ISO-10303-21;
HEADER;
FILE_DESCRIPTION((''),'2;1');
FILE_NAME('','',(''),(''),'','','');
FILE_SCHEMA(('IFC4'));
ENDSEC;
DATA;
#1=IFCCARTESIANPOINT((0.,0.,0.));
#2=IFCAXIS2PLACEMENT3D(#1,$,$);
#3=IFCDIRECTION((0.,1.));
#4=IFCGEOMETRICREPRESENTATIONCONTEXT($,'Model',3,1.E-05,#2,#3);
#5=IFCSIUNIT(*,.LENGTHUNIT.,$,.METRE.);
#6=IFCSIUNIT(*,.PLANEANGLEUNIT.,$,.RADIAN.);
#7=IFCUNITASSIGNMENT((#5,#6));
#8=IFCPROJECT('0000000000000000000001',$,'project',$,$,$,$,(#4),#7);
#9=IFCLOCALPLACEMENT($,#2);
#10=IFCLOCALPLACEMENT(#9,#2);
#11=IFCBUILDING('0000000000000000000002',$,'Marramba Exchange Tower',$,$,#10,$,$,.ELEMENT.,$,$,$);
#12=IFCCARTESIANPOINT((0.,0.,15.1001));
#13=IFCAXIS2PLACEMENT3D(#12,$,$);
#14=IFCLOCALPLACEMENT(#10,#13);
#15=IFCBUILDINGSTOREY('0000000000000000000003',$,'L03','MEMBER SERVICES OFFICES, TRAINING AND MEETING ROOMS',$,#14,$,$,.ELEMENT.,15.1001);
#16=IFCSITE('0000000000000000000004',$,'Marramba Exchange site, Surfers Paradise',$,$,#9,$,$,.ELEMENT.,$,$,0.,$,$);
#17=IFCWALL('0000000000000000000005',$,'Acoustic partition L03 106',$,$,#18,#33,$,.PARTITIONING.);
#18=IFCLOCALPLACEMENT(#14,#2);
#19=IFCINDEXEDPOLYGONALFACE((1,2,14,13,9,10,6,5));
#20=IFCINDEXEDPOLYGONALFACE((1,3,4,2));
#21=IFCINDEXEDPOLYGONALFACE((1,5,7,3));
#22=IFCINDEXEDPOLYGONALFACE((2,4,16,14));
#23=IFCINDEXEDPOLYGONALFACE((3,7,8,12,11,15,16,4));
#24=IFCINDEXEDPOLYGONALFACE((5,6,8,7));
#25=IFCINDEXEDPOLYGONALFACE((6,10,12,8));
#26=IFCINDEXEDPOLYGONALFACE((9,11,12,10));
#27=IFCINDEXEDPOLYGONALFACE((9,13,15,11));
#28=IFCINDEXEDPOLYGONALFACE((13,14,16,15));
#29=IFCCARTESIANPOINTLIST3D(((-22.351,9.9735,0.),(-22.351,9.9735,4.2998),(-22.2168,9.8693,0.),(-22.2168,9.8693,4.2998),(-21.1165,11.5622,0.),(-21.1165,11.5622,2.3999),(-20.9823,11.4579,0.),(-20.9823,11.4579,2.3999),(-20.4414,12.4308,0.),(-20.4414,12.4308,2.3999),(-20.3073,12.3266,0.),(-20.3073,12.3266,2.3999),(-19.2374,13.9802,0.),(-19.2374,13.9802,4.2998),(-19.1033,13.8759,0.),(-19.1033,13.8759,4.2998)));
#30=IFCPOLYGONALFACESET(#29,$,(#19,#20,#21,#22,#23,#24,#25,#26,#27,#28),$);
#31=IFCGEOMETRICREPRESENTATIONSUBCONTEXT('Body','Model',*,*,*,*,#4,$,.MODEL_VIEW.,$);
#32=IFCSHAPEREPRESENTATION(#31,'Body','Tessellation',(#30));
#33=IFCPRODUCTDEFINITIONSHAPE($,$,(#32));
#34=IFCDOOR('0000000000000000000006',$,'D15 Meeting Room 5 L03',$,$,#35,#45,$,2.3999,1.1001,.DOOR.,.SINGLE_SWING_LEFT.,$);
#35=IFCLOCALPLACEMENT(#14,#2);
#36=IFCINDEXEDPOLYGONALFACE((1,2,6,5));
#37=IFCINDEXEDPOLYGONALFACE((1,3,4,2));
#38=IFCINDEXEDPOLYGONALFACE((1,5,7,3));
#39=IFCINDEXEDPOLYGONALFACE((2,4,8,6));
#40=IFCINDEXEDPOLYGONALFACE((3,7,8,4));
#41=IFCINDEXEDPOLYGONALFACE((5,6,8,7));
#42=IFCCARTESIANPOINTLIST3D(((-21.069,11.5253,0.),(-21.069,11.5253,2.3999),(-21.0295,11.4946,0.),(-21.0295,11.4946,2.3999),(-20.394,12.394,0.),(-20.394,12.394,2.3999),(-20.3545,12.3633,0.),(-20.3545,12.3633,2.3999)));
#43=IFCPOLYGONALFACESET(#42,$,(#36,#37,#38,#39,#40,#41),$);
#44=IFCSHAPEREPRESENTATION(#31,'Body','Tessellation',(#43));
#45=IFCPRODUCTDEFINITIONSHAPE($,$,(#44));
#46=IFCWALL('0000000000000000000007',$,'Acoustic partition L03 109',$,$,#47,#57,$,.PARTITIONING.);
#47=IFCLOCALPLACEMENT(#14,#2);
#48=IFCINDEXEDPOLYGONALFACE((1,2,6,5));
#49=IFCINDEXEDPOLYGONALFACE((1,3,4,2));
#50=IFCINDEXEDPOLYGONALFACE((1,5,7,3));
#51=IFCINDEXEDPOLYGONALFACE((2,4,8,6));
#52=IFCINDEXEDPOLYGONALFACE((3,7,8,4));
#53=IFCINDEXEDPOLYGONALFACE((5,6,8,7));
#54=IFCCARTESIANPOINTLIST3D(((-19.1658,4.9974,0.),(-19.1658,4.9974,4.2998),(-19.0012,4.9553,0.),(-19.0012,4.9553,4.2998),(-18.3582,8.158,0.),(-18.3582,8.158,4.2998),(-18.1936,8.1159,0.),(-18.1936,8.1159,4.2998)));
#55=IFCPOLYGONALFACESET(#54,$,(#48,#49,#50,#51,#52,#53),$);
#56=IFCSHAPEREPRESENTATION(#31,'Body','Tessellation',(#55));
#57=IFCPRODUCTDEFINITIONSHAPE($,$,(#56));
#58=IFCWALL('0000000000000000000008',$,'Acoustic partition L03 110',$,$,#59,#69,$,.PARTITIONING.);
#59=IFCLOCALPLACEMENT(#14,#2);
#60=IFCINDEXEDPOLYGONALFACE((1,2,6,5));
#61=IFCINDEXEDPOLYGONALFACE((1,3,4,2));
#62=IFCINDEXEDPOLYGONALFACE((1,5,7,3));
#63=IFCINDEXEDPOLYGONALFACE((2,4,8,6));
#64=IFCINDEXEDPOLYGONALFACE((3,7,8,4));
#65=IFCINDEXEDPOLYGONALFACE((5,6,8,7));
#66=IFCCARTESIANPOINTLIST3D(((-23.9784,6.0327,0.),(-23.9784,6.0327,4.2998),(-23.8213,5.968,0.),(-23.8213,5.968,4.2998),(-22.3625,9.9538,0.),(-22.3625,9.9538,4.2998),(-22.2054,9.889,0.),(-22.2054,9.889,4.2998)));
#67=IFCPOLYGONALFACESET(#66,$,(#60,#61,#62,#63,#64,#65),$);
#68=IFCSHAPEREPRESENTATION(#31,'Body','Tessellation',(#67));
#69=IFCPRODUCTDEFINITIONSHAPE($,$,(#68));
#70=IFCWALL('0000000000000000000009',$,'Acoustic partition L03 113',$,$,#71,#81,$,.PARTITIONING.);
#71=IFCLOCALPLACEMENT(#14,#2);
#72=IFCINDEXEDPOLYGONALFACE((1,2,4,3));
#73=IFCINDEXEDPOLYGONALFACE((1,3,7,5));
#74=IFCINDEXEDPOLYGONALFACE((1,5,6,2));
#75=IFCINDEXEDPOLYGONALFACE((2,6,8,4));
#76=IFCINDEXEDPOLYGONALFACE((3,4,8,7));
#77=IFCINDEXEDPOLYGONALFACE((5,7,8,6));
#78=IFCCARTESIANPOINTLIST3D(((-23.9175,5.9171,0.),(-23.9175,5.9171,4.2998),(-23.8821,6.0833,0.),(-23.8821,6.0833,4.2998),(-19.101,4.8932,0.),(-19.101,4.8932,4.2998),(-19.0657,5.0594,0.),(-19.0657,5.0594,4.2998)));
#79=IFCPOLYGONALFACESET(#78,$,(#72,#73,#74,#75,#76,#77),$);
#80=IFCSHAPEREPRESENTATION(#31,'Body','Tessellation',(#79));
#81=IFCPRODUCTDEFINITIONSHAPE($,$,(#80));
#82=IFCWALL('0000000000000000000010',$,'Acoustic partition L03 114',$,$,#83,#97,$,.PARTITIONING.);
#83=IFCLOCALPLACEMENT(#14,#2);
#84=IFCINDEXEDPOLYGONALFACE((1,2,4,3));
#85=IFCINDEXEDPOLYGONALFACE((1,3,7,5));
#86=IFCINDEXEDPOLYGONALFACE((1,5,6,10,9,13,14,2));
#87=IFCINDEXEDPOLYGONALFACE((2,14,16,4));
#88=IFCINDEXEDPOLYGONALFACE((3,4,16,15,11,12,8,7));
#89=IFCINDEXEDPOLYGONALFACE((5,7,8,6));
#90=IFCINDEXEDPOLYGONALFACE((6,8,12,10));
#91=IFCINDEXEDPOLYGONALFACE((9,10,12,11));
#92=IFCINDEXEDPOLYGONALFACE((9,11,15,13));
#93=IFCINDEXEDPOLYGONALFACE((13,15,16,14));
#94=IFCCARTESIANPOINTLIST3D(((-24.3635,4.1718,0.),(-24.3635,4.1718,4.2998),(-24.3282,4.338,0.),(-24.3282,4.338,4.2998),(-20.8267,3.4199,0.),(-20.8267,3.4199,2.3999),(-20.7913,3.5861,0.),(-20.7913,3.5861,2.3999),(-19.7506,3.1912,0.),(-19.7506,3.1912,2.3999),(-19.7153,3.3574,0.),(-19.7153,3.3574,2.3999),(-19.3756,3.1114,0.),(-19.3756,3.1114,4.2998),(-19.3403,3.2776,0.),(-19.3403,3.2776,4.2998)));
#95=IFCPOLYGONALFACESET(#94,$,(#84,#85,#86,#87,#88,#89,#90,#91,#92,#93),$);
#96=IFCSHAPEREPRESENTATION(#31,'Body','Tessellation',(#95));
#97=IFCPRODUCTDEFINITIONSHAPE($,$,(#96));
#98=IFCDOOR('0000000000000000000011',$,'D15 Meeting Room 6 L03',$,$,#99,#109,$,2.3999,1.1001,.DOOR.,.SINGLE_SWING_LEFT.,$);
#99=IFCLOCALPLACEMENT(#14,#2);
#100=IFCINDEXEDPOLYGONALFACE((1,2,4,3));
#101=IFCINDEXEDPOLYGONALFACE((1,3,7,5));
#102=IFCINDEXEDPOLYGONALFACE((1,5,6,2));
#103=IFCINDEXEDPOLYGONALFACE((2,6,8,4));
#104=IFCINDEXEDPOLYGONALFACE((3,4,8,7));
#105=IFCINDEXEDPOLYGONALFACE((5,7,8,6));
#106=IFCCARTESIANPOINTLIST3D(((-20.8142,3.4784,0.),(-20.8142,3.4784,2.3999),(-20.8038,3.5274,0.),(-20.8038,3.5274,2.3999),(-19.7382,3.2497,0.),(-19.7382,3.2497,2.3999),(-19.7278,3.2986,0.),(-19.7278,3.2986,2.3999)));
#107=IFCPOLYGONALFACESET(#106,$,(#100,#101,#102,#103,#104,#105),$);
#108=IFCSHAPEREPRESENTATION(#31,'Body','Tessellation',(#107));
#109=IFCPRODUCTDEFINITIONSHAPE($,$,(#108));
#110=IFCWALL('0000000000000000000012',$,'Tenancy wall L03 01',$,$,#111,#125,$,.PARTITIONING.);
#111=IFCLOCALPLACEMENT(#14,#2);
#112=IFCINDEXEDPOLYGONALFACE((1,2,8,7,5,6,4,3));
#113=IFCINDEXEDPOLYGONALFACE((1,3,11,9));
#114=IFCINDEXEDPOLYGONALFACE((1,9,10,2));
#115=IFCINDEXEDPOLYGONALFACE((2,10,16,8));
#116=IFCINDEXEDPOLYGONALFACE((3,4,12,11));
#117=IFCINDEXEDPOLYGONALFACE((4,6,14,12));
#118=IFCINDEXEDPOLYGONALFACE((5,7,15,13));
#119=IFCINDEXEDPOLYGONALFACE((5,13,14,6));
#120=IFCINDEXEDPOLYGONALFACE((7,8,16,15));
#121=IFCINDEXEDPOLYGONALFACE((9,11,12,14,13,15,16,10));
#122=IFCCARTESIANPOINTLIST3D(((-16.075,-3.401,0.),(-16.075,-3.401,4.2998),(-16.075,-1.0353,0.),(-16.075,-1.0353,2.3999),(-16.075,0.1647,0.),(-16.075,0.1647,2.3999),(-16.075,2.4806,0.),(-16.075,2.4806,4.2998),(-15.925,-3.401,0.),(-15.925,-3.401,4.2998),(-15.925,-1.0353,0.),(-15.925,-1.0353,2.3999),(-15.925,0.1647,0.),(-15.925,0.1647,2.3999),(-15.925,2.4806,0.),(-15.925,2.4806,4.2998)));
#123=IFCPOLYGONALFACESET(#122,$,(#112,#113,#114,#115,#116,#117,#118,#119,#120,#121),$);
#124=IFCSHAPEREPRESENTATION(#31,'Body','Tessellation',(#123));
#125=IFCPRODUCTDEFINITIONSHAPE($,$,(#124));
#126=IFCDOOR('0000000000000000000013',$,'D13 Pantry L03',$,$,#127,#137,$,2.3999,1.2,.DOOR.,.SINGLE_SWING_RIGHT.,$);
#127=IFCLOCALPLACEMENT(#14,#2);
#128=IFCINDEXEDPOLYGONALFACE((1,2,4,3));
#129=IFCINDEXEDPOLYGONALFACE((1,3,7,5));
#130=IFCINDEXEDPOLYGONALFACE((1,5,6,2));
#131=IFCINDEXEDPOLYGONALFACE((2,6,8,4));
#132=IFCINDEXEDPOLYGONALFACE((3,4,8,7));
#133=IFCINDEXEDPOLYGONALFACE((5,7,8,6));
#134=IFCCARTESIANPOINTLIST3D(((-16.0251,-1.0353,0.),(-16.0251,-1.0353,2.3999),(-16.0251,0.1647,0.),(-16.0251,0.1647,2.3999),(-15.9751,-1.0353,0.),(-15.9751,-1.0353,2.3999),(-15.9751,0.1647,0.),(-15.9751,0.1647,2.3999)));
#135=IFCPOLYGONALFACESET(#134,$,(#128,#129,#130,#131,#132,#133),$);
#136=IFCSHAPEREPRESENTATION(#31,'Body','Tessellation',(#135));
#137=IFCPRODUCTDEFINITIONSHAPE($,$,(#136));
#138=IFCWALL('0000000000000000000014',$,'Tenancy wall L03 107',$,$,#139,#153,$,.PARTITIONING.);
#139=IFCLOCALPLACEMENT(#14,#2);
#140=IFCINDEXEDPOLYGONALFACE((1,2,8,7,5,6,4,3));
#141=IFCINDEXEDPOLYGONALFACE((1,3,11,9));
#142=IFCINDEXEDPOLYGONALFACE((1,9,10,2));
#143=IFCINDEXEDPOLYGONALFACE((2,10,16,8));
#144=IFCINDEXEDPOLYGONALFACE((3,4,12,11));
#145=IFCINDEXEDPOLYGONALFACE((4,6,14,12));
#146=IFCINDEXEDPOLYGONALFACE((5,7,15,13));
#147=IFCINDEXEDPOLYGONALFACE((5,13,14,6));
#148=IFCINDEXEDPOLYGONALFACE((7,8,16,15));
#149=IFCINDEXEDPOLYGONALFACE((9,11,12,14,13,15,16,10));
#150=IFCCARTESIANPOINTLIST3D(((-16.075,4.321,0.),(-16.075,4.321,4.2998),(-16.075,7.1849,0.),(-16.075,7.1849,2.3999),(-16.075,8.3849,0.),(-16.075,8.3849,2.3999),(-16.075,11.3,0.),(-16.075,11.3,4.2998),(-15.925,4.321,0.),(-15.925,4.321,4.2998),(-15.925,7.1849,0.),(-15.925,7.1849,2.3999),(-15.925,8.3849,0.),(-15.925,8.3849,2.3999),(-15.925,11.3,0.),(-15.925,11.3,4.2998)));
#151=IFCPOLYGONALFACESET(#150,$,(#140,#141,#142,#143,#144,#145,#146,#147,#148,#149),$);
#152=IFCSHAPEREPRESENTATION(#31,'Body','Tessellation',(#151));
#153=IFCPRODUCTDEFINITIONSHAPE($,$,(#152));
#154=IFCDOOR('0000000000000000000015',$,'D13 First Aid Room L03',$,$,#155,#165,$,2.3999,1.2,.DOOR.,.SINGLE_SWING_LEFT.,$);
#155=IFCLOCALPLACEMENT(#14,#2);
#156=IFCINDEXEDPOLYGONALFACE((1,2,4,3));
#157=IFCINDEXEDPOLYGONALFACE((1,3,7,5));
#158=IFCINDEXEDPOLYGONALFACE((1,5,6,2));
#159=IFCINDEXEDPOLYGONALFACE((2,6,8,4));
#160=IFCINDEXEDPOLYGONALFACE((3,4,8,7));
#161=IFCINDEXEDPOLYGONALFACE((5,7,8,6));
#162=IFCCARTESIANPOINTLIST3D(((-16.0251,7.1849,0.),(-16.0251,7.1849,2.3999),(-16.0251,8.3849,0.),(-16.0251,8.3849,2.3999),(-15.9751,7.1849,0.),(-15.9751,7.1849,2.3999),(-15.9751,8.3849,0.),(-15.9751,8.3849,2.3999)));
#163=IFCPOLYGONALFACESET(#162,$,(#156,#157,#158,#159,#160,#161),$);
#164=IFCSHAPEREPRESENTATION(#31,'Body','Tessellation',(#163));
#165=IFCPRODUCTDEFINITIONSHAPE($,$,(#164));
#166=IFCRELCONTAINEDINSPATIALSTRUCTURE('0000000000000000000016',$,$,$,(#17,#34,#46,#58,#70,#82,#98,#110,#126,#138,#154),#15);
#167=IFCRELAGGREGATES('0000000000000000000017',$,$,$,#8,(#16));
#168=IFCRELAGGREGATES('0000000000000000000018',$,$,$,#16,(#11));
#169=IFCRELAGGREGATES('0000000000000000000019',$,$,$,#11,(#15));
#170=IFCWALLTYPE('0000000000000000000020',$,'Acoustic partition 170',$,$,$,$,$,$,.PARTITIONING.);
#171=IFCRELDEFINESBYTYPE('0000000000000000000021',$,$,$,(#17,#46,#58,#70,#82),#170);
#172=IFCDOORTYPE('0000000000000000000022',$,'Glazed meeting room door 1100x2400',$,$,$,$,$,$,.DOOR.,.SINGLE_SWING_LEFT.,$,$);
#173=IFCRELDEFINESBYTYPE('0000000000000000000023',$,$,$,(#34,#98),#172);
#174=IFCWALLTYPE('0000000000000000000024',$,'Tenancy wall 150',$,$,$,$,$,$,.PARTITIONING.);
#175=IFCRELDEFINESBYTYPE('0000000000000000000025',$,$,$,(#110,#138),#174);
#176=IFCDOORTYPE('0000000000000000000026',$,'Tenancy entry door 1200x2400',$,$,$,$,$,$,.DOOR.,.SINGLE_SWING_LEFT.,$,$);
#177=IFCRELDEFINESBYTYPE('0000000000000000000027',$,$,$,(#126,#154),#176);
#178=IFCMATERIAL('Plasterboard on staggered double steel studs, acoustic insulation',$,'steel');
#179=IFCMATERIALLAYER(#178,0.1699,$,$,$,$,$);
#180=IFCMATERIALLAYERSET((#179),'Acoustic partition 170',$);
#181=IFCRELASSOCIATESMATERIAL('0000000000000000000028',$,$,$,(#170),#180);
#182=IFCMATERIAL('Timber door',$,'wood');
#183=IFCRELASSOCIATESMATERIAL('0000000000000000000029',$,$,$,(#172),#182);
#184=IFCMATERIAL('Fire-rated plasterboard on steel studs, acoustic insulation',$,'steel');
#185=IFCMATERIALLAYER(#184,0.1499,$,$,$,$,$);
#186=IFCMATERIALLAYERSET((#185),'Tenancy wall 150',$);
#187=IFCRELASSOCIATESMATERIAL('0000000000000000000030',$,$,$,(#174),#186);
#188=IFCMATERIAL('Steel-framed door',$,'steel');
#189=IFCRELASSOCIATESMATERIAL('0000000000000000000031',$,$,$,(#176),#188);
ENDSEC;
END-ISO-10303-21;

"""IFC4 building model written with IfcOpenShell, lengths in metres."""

from ifc_helpers import new_model, si_unit, direction, frame, frame_2d, origin, place, context, subcontext, project, spatial, rectangle, extrude, material, layer, layer_set, type_object, element, fill, save


model = new_model("IFC4")

# Units and contexts
model_context = context("Model", 3, precision=1e-05, world=origin(), true_north=direction((0.0, 1.0)))
body_context = subcontext(model_context, "Body", "Model", "MODEL_VIEW")
ifc_project = project(units=[si_unit("LENGTHUNIT", "METRE"), si_unit("PLANEANGLEUNIT", "RADIAN")], contexts=[model_context])

# Site, building, storey
site_placement = place(None, origin())
site = spatial("IfcSite", under=ifc_project, at=site_placement, Name="Marramba Exchange site, Surfers Paradise", CompositionType="ELEMENT", RefElevation=0.0)
building_placement = place(site_placement, origin())
building = spatial("IfcBuilding", under=site, at=building_placement, Name="Marramba Exchange Tower", CompositionType="ELEMENT")
storey_placement = place(building_placement, frame((0.0, 0.0, 15.1001)))
storey = spatial("IfcBuildingStorey", under=building, at=storey_placement, Name="L03", Description="MEMBER SERVICES OFFICES, TRAINING AND MEETING ROOMS", CompositionType="ELEMENT", Elevation=15.1001)

# Shared definitions
ifc_material_1 = material(Name="Plasterboard on staggered double steel studs, acoustic insulation", Category="steel")
ifc_layer_1 = layer(ifc_material_1, 0.1699)
ifc_layer_set_1 = layer_set([ifc_layer_1], Name="Acoustic partition 170")
wall_type_1 = type_object("IfcWallType", Name="Acoustic partition 170", PredefinedType="PARTITIONING", material=ifc_layer_set_1)

# Wall, opening, door
wall_1_placement = place(storey_placement, frame((-22.2839, 9.9214, 0.0), z_axis=(0.0, 0.0, 1.0), x_axis=(0.613607, 0.789611, 0.0)))
wall_1 = element("IfcWall", 1, at=wall_1_placement, inside=storey, type_object=wall_type_1, Name="Acoustic partition L03 106", PredefinedType="PARTITIONING", context=body_context, shape_type="SweptSolid", body=[
    extrude(rectangle(XDim=5.0742, YDim=0.1699, at=frame_2d((2.5371, 0.0))), origin(), (0.0, 0.0, 1.0), 4.2998),
])
opening_1_placement = place(wall_1_placement, frame((2.012, 0.0, 0.0)))
opening_1 = element("IfcOpeningElement", 2, at=opening_1_placement, cuts=wall_1, PredefinedType="OPENING", context=body_context, shape_type="SweptSolid", body=[
    extrude(rectangle(XDim=1.1001, YDim=2.3999, at=frame_2d((0.55, 1.2))), frame((0.0, 0.095, 0.0), z_axis=(0.0, -1.0, 0.0), x_axis=(1.0, 0.0, 0.0)), (0.0, 0.0, 1.0), 0.1899),
])
ifc_material_2 = material(Name="Timber door", Category="wood")
door_type_1 = type_object("IfcDoorType", Name="Glazed meeting room door 1100x2400", OperationType="SINGLE_SWING_LEFT", PredefinedType="DOOR", material=ifc_material_2)
door_1_placement = place(opening_1_placement, origin())
door_1 = element("IfcDoor", 3, at=door_1_placement, inside=storey, type_object=door_type_1, Name="D15 Meeting Room 5 L03", OperationType="SINGLE_SWING_LEFT", OverallHeight=2.3999, OverallWidth=1.1001, PredefinedType="DOOR", context=body_context, shape_type="SweptSolid", body=[
    extrude(rectangle(XDim=1.1001, YDim=2.3999, at=frame_2d((0.55, 1.2))), frame((0.0, 0.0249, 0.0), z_axis=(0.0, -1.0, 0.0), x_axis=(1.0, 0.0, 0.0)), (0.0, 0.0, 1.0), 0.05),
])
fill(opening_1, door_1)

# Walls
wall_2_placement = place(storey_placement, frame((-19.0835, 4.9763, 0.0), z_axis=(0.0, 0.0, 1.0), x_axis=(0.247569, 0.96887, 0.0)))
element("IfcWall", 4, at=wall_2_placement, inside=storey, type_object=wall_type_1, Name="Acoustic partition L03 109", PredefinedType="PARTITIONING", context=body_context, shape_type="SweptSolid", body=[
    extrude(rectangle(XDim=3.2622, YDim=0.1699, at=frame_2d((1.6311, 0.0))), origin(), (0.0, 0.0, 1.0), 4.2998),
])
wall_3_placement = place(storey_placement, frame((-23.8999, 6.0002, 0.0), z_axis=(0.0, 0.0, 1.0), x_axis=(0.381028, 0.924564, 0.0)))
element("IfcWall", 5, at=wall_3_placement, inside=storey, type_object=wall_type_1, Name="Acoustic partition L03 110", PredefinedType="PARTITIONING", context=body_context, shape_type="SweptSolid", body=[
    extrude(rectangle(XDim=4.241, YDim=0.1699, at=frame_2d((2.1206, 0.0))), origin(), (0.0, 0.0, 1.0), 4.2998),
])
wall_4_placement = place(storey_placement, frame((-19.0835, 4.9763, 0.0), z_axis=(0.0, 0.0, 1.0), x_axis=(-0.978141, 0.207944, 0.0)))
element("IfcWall", 6, at=wall_4_placement, inside=storey, type_object=wall_type_1, Name="Acoustic partition L03 113", PredefinedType="PARTITIONING", context=body_context, shape_type="SweptSolid", body=[
    extrude(rectangle(XDim=4.9241, YDim=0.1699, at=frame_2d((2.4619, 0.0))), origin(), (0.0, 0.0, 1.0), 4.2998),
])

# Walls, openings, doors
wall_5_placement = place(storey_placement, frame((-24.3459, 4.2549, 0.0), z_axis=(0.0, 0.0, 1.0), x_axis=(0.978143, -0.207933, 0.0)))
wall_5 = element("IfcWall", 7, at=wall_5_placement, inside=storey, type_object=wall_type_1, Name="Acoustic partition L03 114", PredefinedType="PARTITIONING", context=body_context, shape_type="SweptSolid", body=[
    extrude(rectangle(XDim=5.0994, YDim=0.1699, at=frame_2d((2.5498, 0.0))), origin(), (0.0, 0.0, 1.0), 4.2998),
])
opening_2_placement = place(wall_5_placement, frame((3.616, 0.0, 0.0)))
opening_2 = element("IfcOpeningElement", 8, at=opening_2_placement, cuts=wall_5, PredefinedType="OPENING", context=body_context, shape_type="SweptSolid", body=[
    extrude(rectangle(XDim=1.1001, YDim=2.3999, at=frame_2d((0.55, 1.2))), frame((0.0, 0.095, 0.0), z_axis=(0.0, -1.0, 0.0), x_axis=(1.0, 0.0, 0.0)), (0.0, 0.0, 1.0), 0.1899),
])
door_2_placement = place(opening_2_placement, frame((1.1001, 0.0, 0.0), z_axis=(0.0, 0.0, 1.0), x_axis=(-1.0, 0.0, 0.0)))
door_2 = element("IfcDoor", 9, at=door_2_placement, inside=storey, type_object=door_type_1, Name="D15 Meeting Room 6 L03", OperationType="SINGLE_SWING_LEFT", OverallHeight=2.3999, OverallWidth=1.1001, PredefinedType="DOOR", context=body_context, shape_type="SweptSolid", body=[
    extrude(rectangle(XDim=1.1001, YDim=2.3999, at=frame_2d((0.55, 1.2))), frame((0.0, 0.0251, 0.0), z_axis=(0.0, -1.0, 0.0), x_axis=(1.0, 0.0, 0.0)), (0.0, 0.0, 1.0), 0.05),
])
fill(opening_2, door_2)
ifc_material_3 = material(Name="Fire-rated plasterboard on steel studs, acoustic insulation", Category="steel")
ifc_layer_2 = layer(ifc_material_3, 0.1499)
ifc_layer_set_2 = layer_set([ifc_layer_2], Name="Tenancy wall 150")
wall_type_2 = type_object("IfcWallType", Name="Tenancy wall 150", PredefinedType="PARTITIONING", material=ifc_layer_set_2)
wall_6_placement = place(storey_placement, frame((-16.0, 2.4807, 0.0), z_axis=(0.0, 0.0, 1.0), x_axis=(0.0, -1.0, 0.0)))
wall_6 = element("IfcWall", 10, at=wall_6_placement, inside=storey, type_object=wall_type_2, Name="Tenancy wall L03 01", PredefinedType="PARTITIONING", context=body_context, shape_type="SweptSolid", body=[
    extrude(rectangle(XDim=5.8816, YDim=0.1499, at=frame_2d((2.9409, 0.0))), origin(), (0.0, 0.0, 1.0), 4.2998),
])
opening_3_placement = place(wall_6_placement, frame((2.3159, 0.0, 0.0)))
opening_3 = element("IfcOpeningElement", 11, at=opening_3_placement, cuts=wall_6, PredefinedType="OPENING", context=body_context, shape_type="SweptSolid", body=[
    extrude(rectangle(XDim=1.2, YDim=2.3999, at=frame_2d((0.6001, 1.2))), frame((0.0, 0.085, 0.0), z_axis=(0.0, -1.0, 0.0), x_axis=(1.0, 0.0, 0.0)), (0.0, 0.0, 1.0), 0.1699),
])
ifc_material_4 = material(Name="Steel-framed door", Category="steel")
door_type_2 = type_object("IfcDoorType", Name="Tenancy entry door 1200x2400", OperationType="SINGLE_SWING_LEFT", PredefinedType="DOOR", material=ifc_material_4)
door_3_placement = place(opening_3_placement, frame((1.2, 0.0, 0.0), z_axis=(0.0, 0.0, 1.0), x_axis=(-1.0, 0.0, 0.0)))
door_3 = element("IfcDoor", 12, at=door_3_placement, inside=storey, type_object=door_type_2, Name="D13 Pantry L03", OperationType="SINGLE_SWING_RIGHT", OverallHeight=2.3999, OverallWidth=1.2, PredefinedType="DOOR", context=body_context, shape_type="SweptSolid", body=[
    extrude(rectangle(XDim=1.2, YDim=2.3999, at=frame_2d((0.5999, 1.2))), frame((0.0, 0.0251, 0.0), z_axis=(0.0, -1.0, 0.0), x_axis=(1.0, 0.0, 0.0)), (0.0, 0.0, 1.0), 0.05),
])
fill(opening_3, door_3)
wall_7_placement = place(storey_placement, frame((-16.0, 11.3, 0.0), z_axis=(0.0, 0.0, 1.0), x_axis=(0.0, -1.0, 0.0)))
wall_7 = element("IfcWall", 13, at=wall_7_placement, inside=storey, type_object=wall_type_2, Name="Tenancy wall L03 107", PredefinedType="PARTITIONING", context=body_context, shape_type="SweptSolid", body=[
    extrude(rectangle(XDim=6.979, YDim=0.1499, at=frame_2d((3.4895, 0.0))), origin(), (0.0, 0.0, 1.0), 4.2998),
])
opening_4_placement = place(wall_7_placement, frame((2.915, 0.0, 0.0)))
opening_4 = element("IfcOpeningElement", 14, at=opening_4_placement, cuts=wall_7, PredefinedType="OPENING", context=body_context, shape_type="SweptSolid", body=[
    extrude(rectangle(XDim=1.2, YDim=2.3999, at=frame_2d((0.6001, 1.2))), frame((0.0, 0.085, 0.0), z_axis=(0.0, -1.0, 0.0), x_axis=(1.0, 0.0, 0.0)), (0.0, 0.0, 1.0), 0.1699),
])
door_4_placement = place(opening_4_placement, frame((1.2, 0.0, 0.0), z_axis=(0.0, 0.0, 1.0), x_axis=(-1.0, 0.0, 0.0)))
door_4 = element("IfcDoor", 15, at=door_4_placement, inside=storey, type_object=door_type_2, Name="D13 First Aid Room L03", OperationType="SINGLE_SWING_LEFT", OverallHeight=2.3999, OverallWidth=1.2, PredefinedType="DOOR", context=body_context, shape_type="SweptSolid", body=[
    extrude(rectangle(XDim=1.2, YDim=2.3999, at=frame_2d((0.5999, 1.2))), frame((0.0, 0.0251, 0.0), z_axis=(0.0, -1.0, 0.0), x_axis=(1.0, 0.0, 0.0)), (0.0, 0.0, 1.0), 0.05),
])
fill(opening_4, door_4)

save(model, "model.ifc")
